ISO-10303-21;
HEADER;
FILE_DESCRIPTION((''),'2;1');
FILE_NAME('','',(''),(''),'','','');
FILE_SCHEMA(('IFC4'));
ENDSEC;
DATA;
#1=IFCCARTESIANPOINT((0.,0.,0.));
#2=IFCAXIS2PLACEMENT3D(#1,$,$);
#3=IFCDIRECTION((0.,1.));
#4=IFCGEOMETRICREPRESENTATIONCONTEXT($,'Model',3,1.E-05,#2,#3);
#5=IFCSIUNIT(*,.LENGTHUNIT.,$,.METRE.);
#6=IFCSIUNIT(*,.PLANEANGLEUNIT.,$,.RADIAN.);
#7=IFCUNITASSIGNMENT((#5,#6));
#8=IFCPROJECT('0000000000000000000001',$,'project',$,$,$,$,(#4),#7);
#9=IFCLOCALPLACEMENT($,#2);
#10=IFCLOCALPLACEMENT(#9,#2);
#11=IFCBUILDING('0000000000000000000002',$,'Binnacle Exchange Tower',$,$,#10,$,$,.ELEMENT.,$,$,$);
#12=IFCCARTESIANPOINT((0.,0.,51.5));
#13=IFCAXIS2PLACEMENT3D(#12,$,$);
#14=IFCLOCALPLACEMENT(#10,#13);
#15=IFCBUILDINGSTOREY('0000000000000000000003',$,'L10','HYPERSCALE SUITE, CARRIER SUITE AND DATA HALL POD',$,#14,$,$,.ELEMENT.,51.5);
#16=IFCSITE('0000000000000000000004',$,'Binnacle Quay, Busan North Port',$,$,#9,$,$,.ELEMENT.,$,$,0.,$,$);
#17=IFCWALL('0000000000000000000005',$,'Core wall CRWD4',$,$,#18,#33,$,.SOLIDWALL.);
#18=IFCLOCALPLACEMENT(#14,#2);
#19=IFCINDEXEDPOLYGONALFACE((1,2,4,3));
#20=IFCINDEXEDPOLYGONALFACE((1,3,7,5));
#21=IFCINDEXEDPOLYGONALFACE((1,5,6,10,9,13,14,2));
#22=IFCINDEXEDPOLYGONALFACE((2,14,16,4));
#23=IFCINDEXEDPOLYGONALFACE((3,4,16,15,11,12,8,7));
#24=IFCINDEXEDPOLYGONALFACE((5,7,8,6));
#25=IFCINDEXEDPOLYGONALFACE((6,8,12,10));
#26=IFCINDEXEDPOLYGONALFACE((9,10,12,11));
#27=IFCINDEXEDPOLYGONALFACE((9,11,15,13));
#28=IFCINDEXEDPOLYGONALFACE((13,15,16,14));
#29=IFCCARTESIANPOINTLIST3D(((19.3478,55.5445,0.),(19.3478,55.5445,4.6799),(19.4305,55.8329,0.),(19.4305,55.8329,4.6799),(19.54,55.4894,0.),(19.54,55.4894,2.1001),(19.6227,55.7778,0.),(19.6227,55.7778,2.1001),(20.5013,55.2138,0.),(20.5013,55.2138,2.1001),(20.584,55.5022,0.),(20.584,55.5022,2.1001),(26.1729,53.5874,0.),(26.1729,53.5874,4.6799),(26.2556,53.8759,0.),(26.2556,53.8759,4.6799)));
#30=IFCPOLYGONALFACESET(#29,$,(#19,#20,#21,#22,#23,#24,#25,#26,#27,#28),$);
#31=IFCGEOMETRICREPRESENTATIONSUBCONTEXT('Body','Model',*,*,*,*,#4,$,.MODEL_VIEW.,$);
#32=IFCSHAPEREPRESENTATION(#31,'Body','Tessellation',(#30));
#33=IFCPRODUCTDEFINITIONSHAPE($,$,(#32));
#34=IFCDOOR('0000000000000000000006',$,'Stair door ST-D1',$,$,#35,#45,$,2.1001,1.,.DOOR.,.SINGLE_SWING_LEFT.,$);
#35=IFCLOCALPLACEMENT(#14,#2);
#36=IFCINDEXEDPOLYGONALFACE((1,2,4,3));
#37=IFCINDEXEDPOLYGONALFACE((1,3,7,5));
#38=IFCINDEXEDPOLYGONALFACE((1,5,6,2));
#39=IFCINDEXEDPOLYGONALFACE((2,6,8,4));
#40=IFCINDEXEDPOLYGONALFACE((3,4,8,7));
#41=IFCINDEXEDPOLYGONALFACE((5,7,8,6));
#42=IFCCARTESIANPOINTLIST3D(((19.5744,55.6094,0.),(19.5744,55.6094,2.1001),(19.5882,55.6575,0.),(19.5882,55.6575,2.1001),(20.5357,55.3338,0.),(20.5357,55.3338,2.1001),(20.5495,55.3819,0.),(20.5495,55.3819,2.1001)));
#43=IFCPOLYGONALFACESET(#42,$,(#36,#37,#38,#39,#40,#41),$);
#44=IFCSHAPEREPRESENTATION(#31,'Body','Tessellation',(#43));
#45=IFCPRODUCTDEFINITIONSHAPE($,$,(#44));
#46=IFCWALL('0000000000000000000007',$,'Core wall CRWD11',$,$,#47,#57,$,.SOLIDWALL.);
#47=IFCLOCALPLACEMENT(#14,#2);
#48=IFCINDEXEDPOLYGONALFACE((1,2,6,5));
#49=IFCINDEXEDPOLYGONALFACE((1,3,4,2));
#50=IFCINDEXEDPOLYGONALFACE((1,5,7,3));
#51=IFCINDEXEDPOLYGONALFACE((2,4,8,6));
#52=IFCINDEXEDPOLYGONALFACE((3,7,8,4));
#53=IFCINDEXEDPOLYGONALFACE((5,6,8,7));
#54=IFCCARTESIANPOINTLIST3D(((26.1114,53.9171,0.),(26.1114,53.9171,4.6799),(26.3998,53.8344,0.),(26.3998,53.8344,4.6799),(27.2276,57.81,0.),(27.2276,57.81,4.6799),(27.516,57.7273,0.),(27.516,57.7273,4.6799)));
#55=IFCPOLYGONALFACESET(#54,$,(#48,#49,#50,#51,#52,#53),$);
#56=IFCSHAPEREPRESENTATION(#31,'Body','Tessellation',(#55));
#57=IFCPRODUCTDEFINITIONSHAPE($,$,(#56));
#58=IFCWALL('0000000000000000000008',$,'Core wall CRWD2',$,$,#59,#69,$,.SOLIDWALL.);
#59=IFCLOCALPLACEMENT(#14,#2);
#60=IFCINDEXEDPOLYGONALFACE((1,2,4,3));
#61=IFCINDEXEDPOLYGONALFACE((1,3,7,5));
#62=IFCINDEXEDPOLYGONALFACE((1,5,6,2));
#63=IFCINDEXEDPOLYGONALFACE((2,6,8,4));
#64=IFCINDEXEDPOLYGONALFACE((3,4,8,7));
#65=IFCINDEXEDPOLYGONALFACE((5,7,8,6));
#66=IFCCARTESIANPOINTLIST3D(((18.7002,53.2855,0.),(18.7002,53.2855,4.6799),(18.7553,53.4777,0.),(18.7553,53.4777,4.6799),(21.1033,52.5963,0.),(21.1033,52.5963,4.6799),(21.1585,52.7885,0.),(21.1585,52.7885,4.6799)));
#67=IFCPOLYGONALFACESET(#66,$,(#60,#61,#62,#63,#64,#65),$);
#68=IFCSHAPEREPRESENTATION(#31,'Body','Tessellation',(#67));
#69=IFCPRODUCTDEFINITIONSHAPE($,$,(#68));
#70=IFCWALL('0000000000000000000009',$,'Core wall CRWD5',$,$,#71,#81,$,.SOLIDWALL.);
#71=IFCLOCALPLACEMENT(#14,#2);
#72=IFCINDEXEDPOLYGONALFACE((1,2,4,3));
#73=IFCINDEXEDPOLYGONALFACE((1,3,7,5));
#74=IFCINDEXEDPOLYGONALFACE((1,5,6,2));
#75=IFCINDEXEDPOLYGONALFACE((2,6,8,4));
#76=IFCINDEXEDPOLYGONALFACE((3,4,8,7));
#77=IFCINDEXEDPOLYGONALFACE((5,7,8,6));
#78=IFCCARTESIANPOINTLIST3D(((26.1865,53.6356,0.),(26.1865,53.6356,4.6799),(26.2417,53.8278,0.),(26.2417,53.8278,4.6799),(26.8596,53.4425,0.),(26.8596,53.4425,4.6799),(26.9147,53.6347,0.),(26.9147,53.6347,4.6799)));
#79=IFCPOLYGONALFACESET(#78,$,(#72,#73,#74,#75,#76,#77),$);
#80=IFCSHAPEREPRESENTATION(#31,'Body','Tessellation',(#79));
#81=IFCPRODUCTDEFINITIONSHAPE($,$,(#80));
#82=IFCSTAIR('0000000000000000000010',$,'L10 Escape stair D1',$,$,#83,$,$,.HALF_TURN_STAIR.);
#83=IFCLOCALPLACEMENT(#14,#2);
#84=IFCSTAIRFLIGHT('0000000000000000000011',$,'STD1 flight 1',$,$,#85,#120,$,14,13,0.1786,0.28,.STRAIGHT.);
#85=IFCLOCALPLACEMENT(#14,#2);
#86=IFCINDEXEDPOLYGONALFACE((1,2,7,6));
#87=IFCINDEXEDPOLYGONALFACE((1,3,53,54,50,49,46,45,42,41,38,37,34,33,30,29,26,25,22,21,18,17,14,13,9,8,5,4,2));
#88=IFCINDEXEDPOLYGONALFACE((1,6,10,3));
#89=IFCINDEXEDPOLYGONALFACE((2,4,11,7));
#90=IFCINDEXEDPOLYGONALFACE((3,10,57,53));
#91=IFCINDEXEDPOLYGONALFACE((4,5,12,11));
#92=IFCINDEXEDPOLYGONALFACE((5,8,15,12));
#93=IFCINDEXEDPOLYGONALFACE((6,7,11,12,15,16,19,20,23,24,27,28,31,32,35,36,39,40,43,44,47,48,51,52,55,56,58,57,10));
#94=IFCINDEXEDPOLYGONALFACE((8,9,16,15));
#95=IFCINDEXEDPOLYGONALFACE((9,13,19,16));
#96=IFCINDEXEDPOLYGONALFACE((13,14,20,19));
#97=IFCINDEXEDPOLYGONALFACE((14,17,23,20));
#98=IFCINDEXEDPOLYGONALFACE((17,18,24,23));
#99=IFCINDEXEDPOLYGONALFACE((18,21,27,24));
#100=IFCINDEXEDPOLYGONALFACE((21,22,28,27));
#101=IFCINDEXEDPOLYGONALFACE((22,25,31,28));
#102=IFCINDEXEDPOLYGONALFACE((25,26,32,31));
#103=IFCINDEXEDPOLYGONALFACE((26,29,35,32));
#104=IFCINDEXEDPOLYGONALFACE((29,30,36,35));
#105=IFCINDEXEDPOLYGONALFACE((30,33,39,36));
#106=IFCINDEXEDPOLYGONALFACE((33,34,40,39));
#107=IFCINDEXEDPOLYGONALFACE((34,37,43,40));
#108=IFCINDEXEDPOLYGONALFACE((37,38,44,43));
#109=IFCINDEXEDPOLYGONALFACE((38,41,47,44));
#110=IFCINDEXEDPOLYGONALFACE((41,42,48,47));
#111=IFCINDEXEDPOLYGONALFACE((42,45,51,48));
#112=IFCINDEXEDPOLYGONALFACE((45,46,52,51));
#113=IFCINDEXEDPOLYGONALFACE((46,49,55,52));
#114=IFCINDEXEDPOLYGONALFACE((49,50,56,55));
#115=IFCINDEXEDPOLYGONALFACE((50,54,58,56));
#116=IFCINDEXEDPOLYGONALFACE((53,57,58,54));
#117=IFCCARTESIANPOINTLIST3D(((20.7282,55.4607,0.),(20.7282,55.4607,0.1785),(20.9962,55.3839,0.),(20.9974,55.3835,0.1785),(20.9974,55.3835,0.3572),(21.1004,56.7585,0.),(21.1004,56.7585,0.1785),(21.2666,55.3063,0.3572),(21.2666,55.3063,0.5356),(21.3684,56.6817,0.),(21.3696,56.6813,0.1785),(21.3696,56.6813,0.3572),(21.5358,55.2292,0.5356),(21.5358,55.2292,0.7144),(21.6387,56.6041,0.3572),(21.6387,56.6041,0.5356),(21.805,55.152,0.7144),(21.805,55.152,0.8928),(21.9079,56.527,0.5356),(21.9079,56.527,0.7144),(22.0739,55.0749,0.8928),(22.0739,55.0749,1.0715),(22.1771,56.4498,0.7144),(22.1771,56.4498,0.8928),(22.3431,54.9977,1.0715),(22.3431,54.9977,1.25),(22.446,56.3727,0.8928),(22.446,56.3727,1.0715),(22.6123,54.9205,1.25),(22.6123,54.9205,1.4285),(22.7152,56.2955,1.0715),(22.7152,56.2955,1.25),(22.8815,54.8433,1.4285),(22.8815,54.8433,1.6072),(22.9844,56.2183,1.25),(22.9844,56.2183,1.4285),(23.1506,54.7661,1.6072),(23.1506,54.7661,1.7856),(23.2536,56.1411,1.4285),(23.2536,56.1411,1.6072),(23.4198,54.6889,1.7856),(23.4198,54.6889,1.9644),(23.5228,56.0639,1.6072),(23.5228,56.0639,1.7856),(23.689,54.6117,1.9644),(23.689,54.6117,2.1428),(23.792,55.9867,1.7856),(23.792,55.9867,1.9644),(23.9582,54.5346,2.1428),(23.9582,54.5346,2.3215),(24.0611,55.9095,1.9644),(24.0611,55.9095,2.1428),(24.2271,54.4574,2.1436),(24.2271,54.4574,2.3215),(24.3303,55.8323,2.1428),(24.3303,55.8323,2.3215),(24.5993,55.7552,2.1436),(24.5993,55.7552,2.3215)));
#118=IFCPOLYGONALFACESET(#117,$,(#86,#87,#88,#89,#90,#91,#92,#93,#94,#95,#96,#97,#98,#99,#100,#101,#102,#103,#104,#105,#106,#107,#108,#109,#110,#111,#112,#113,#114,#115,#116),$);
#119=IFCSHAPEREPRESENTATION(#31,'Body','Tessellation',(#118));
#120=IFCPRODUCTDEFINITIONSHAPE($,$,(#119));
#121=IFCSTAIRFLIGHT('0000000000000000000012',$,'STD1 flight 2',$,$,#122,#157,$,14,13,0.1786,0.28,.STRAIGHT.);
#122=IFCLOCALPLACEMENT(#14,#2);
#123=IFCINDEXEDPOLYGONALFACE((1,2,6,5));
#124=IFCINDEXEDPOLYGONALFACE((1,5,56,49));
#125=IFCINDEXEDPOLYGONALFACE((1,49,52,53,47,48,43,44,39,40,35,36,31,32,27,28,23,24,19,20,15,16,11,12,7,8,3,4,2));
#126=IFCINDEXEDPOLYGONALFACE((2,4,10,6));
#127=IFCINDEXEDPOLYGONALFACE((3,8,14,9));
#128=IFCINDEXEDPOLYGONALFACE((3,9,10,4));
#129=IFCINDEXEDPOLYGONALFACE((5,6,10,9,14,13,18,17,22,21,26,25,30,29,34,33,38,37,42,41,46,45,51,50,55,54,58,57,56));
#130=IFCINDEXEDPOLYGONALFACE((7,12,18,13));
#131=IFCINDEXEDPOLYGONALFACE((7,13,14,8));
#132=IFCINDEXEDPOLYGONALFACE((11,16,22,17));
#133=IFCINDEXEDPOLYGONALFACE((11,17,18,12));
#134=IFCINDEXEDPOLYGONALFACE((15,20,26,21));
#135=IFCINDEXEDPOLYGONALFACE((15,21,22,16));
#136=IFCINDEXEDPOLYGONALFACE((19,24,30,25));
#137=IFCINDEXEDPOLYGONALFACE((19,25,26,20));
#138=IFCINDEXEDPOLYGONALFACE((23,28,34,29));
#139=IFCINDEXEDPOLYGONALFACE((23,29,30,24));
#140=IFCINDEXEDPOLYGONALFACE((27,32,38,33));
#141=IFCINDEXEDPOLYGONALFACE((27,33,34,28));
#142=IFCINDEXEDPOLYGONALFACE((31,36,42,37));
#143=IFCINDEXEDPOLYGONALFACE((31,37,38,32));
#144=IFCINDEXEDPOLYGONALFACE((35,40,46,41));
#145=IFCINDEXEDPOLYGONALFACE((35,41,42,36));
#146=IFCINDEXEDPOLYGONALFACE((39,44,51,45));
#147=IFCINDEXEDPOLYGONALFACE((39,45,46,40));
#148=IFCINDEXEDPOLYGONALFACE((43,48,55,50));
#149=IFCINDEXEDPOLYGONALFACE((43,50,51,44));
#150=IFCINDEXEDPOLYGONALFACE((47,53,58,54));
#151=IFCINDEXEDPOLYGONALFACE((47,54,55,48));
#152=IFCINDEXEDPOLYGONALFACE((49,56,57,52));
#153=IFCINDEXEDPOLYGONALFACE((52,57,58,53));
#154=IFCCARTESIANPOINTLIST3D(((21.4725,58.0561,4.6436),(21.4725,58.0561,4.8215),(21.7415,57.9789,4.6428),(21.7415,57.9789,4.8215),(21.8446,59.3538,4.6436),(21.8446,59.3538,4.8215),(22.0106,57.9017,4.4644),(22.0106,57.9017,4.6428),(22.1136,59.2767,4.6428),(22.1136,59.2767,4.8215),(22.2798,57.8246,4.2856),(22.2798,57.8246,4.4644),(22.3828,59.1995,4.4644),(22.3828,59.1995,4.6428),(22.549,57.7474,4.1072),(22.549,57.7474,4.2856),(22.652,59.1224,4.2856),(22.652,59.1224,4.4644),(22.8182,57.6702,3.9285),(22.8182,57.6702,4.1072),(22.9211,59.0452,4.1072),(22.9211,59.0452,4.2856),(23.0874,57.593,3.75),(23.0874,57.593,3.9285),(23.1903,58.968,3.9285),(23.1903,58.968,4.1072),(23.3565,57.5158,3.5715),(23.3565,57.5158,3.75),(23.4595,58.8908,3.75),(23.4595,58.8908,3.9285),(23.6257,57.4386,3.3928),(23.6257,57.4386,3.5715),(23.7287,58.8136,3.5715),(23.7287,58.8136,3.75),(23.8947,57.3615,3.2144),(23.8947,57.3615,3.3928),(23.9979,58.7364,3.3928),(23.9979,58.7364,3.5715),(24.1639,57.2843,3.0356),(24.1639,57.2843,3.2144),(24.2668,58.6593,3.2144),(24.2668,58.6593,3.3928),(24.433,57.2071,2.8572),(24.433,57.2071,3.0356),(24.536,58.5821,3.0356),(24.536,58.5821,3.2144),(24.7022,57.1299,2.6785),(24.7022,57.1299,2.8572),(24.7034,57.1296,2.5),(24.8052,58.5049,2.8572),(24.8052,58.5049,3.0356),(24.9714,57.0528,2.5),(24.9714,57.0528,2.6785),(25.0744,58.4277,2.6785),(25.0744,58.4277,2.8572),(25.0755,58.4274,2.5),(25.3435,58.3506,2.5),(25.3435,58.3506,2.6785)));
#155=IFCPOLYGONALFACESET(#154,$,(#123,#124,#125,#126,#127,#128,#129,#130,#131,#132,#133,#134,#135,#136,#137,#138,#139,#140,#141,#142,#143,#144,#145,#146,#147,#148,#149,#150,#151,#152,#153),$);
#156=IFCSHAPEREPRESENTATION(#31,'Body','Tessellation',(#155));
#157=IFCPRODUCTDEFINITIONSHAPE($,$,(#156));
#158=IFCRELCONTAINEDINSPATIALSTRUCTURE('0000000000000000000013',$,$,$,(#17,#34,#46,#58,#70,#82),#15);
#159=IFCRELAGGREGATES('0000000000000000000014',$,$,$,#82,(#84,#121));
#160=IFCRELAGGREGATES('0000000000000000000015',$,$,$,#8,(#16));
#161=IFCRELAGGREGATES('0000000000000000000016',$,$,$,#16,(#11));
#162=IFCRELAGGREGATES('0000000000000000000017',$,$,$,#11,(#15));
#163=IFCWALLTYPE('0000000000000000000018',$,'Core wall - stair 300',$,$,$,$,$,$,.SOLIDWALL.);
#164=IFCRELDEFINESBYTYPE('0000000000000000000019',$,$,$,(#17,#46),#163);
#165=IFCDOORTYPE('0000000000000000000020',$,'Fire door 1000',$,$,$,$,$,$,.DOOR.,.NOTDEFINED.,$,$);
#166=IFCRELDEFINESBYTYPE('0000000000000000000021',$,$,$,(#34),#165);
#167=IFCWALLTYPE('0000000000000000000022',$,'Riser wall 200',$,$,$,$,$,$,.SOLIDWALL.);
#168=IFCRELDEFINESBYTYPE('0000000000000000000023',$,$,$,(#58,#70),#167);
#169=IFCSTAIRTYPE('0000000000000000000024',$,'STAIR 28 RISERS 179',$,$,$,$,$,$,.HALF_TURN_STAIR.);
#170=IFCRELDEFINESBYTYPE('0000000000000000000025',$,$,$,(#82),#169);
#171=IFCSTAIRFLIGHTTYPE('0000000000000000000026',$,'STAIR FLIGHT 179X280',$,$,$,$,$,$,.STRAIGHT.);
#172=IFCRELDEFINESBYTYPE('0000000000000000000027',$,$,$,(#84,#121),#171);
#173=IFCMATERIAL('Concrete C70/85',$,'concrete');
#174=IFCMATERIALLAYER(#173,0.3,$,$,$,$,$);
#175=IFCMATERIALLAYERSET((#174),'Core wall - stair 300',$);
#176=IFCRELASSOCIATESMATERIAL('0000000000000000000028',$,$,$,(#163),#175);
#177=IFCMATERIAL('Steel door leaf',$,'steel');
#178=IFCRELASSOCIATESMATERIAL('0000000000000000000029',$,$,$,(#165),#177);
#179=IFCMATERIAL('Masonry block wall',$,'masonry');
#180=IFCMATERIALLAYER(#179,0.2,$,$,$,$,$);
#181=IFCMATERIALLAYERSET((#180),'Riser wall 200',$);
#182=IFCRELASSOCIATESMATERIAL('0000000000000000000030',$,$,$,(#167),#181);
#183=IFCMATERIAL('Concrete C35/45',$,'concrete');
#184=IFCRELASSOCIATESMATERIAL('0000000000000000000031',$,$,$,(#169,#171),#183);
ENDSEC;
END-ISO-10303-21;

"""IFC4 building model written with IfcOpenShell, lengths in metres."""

from ifc_helpers import new_model, si_unit, direction, frame, frame_2d, origin, place, context, subcontext, project, spatial, polyline, rectangle, outline, extrude, material, layer, layer_set, type_object, element, fill, aggregate, save


model = new_model("IFC4")

# Units and contexts
model_context = context("Model", 3, precision=1e-05, world=origin(), true_north=direction((0.0, 1.0)))
body_context = subcontext(model_context, "Body", "Model", "MODEL_VIEW")
ifc_project = project(units=[si_unit("LENGTHUNIT", "METRE"), si_unit("PLANEANGLEUNIT", "RADIAN")], contexts=[model_context])

# Site, building, storey
site_placement = place(None, origin())
site = spatial("IfcSite", under=ifc_project, at=site_placement, Name="Binnacle Quay, Busan North Port", CompositionType="ELEMENT", RefElevation=0.0)
building_placement = place(site_placement, origin())
building = spatial("IfcBuilding", under=site, at=building_placement, Name="Binnacle Exchange Tower", CompositionType="ELEMENT")
storey_placement = place(building_placement, frame((0.0, 0.0, 51.5)))
storey = spatial("IfcBuildingStorey", under=building, at=storey_placement, Name="L10", Description="HYPERSCALE SUITE, CARRIER SUITE AND DATA HALL POD", CompositionType="ELEMENT", Elevation=51.5)

# Shared definitions
ifc_material_1 = material(Name="Concrete C70/85", Category="concrete")

# Wall, opening, door
ifc_layer_1 = layer(ifc_material_1, 0.3)
ifc_layer_set_1 = layer_set([ifc_layer_1], Name="Core wall - stair 300")
wall_type_1 = type_object("IfcWallType", Name="Core wall - stair 300", PredefinedType="SOLIDWALL", material=ifc_layer_set_1)
wall_1_placement = place(storey_placement, frame((19.3892, 55.6887, 0.0), z_axis=(0.0, 0.0, 1.0), x_axis=(0.961261, -0.275638, 0.0)))
wall_1 = element("IfcWall", 1, at=wall_1_placement, inside=storey, type_object=wall_type_1, Name="Core wall CRWD4", PredefinedType="SOLIDWALL", context=body_context, shape_type="SweptSolid", body=[
    extrude(rectangle(XDim=7.1001, YDim=0.3, at=frame_2d((3.55, 0.0))), origin(), (0.0, 0.0, 1.0), 4.6799),
])
opening_placement = place(wall_1_placement, frame((0.2, 0.0, 0.0)))
opening = element("IfcOpeningElement", 2, at=opening_placement, cuts=wall_1, PredefinedType="OPENING", context=body_context, shape_type="SweptSolid", body=[
    extrude(rectangle(XDim=1.0, YDim=2.1001, at=frame_2d((0.5, 1.05))), frame((0.0, 0.1599, 0.0), z_axis=(0.0, -1.0, 0.0), x_axis=(1.0, 0.0, 0.0)), (0.0, 0.0, 1.0), 0.3201),
])
ifc_material_2 = material(Name="Steel door leaf", Category="steel")
door_type = type_object("IfcDoorType", Name="Fire door 1000", OperationType="NOTDEFINED", PredefinedType="DOOR", material=ifc_material_2)
door_placement = place(opening_placement, origin())
door = element("IfcDoor", 3, at=door_placement, inside=storey, type_object=door_type, Name="Stair door ST-D1", OperationType="SINGLE_SWING_LEFT", OverallHeight=2.1001, OverallWidth=1.0, PredefinedType="DOOR", context=body_context, shape_type="SweptSolid", body=[
    extrude(rectangle(XDim=1.0, YDim=2.1001, at=frame_2d((0.5, 1.05))), frame((0.0, 0.0249, 0.0), z_axis=(0.0, -1.0, 0.0), x_axis=(1.0, 0.0, 0.0)), (0.0, 0.0, 1.0), 0.05),
])
fill(opening, door)

# Walls
wall_2_placement = place(storey_placement, frame((26.2556, 53.8757, 0.0), z_axis=(0.0, 0.0, 1.0), x_axis=(0.275613, 0.961269, 0.0)))
element("IfcWall", 4, at=wall_2_placement, inside=storey, type_object=wall_type_1, Name="Core wall CRWD11", PredefinedType="SOLIDWALL", context=body_context, shape_type="SweptSolid", body=[
    extrude(rectangle(XDim=4.0498, YDim=0.3, at=frame_2d((2.0249, 0.0))), origin(), (0.0, 0.0, 1.0), 4.6799),
])
ifc_material_3 = material(Name="Masonry block wall", Category="masonry")
ifc_layer_2 = layer(ifc_material_3, 0.2)
ifc_layer_set_2 = layer_set([ifc_layer_2], Name="Riser wall 200")
wall_type_2 = type_object("IfcWallType", Name="Riser wall 200", PredefinedType="SOLIDWALL", material=ifc_layer_set_2)
wall_3_placement = place(storey_placement, frame((18.7278, 53.3816, 0.0), z_axis=(0.0, 0.0, 1.0), x_axis=(0.961247, -0.275688, 0.0)))
element("IfcWall", 5, at=wall_3_placement, inside=storey, type_object=wall_type_2, Name="Core wall CRWD2", PredefinedType="SOLIDWALL", context=body_context, shape_type="SweptSolid", body=[
    extrude(rectangle(XDim=2.5, YDim=0.2, at=frame_2d((1.25, 0.0))), origin(), (0.0, 0.0, 1.0), 4.6799),
])
wall_4_placement = place(storey_placement, frame((26.2141, 53.7317, 0.0), z_axis=(0.0, 0.0, 1.0), x_axis=(0.961221, -0.27578, 0.0)))
element("IfcWall", 6, at=wall_4_placement, inside=storey, type_object=wall_type_2, Name="Core wall CRWD5", PredefinedType="SOLIDWALL", context=body_context, shape_type="SweptSolid", body=[
    extrude(rectangle(XDim=0.7002, YDim=0.2, at=frame_2d((0.3501, 0.0))), origin(), (0.0, 0.0, 1.0), 4.6799),
])

# Stair, stair flights
ifc_material_4 = material(Name="Concrete C35/45", Category="concrete")
stair_type = type_object("IfcStairType", Name="STAIR 28 RISERS 179", PredefinedType="HALF_TURN_STAIR", material=ifc_material_4)
stair_placement = place(storey_placement, origin())
stair = element("IfcStair", 7, at=stair_placement, inside=storey, type_object=stair_type, Name="L10 Escape stair D1", PredefinedType="HALF_TURN_STAIR")
stair_flight_type = type_object("IfcStairFlightType", Name="STAIR FLIGHT 179X280", PredefinedType="STRAIGHT", material=ifc_material_4)
stair_flight_1_placement = place(storey_placement, frame((20.9143, 56.1096, 0.0), z_axis=(0.0, 0.0, 1.0), x_axis=(0.961262, -0.275637, 0.0)))
stair_flight_1 = element("IfcStairFlight", 8, at=stair_flight_1_placement, type_object=stair_flight_type, Name="STD1 flight 1", NumberOfRisers=14, NumberOfTreads=13, PredefinedType="STRAIGHT", RiserHeight=0.1786, TreadLength=0.28, context=body_context, shape_type="SweptSolid", body=[
    extrude(outline(polyline([(0.0, 0.0), (0.0, 0.1785), (0.28, 0.1785), (0.28, 0.3572), (0.5601, 0.3572), (0.5601, 0.5356), (0.8401, 0.5356), (0.8401, 0.7144), (1.1201, 0.7144), (1.1201, 0.8928), (1.3999, 0.8928), (1.3999, 1.0715), (1.6799, 1.0715), (1.6799, 1.25), (1.96, 1.25), (1.96, 1.4285), (2.24, 1.4285), (2.24, 1.6072), (2.52, 1.6072), (2.52, 1.7856), (2.8, 1.7856), (2.8, 1.9644), (3.0801, 1.9644), (3.0801, 2.1428), (3.3601, 2.1428), (3.3601, 2.3215), (3.6399, 2.3215), (3.6399, 2.5), (3.6399, 2.1436), (0.2788, 0.0), (0.0, 0.0)])), frame((0.0, 0.675, 0.0), z_axis=(0.0, -1.0, 0.0), x_axis=(1.0, 0.0, 0.0)), (0.0, 0.0, 1.0), 1.3501),
])
stair_flight_2_placement = place(storey_placement, frame((25.1575, 57.7017, 2.5), z_axis=(0.0, 0.0, 1.0), x_axis=(-0.961262, 0.275637, 0.0)))
stair_flight_2 = element("IfcStairFlight", 9, at=stair_flight_2_placement, type_object=stair_flight_type, Name="STD1 flight 2", NumberOfRisers=14, NumberOfTreads=13, PredefinedType="STRAIGHT", RiserHeight=0.1786, TreadLength=0.28, context=body_context, shape_type="SweptSolid", body=[
    extrude(outline(polyline([(0.0, 0.0), (0.0, 0.1785), (0.28, 0.1785), (0.28, 0.3572), (0.5601, 0.3572), (0.5601, 0.5356), (0.8401, 0.5356), (0.8401, 0.7144), (1.1201, 0.7144), (1.1201, 0.8928), (1.3999, 0.8928), (1.3999, 1.0715), (1.6799, 1.0715), (1.6799, 1.25), (1.96, 1.25), (1.96, 1.4285), (2.24, 1.4285), (2.24, 1.6072), (2.52, 1.6072), (2.52, 1.7856), (2.8, 1.7856), (2.8, 1.9644), (3.0801, 1.9644), (3.0801, 2.1428), (3.3601, 2.1428), (3.3601, 2.3215), (3.6399, 2.3215), (3.6399, 2.5), (3.6399, 2.1436), (0.2788, 0.0), (0.0, 0.0)])), frame((0.0, 0.675, 0.0), z_axis=(0.0, -1.0, 0.0), x_axis=(1.0, 0.0, 0.0)), (0.0, 0.0, 1.0), 1.3501),
])
aggregate(stair, [stair_flight_1, stair_flight_2])

save(model, "model.ifc")
